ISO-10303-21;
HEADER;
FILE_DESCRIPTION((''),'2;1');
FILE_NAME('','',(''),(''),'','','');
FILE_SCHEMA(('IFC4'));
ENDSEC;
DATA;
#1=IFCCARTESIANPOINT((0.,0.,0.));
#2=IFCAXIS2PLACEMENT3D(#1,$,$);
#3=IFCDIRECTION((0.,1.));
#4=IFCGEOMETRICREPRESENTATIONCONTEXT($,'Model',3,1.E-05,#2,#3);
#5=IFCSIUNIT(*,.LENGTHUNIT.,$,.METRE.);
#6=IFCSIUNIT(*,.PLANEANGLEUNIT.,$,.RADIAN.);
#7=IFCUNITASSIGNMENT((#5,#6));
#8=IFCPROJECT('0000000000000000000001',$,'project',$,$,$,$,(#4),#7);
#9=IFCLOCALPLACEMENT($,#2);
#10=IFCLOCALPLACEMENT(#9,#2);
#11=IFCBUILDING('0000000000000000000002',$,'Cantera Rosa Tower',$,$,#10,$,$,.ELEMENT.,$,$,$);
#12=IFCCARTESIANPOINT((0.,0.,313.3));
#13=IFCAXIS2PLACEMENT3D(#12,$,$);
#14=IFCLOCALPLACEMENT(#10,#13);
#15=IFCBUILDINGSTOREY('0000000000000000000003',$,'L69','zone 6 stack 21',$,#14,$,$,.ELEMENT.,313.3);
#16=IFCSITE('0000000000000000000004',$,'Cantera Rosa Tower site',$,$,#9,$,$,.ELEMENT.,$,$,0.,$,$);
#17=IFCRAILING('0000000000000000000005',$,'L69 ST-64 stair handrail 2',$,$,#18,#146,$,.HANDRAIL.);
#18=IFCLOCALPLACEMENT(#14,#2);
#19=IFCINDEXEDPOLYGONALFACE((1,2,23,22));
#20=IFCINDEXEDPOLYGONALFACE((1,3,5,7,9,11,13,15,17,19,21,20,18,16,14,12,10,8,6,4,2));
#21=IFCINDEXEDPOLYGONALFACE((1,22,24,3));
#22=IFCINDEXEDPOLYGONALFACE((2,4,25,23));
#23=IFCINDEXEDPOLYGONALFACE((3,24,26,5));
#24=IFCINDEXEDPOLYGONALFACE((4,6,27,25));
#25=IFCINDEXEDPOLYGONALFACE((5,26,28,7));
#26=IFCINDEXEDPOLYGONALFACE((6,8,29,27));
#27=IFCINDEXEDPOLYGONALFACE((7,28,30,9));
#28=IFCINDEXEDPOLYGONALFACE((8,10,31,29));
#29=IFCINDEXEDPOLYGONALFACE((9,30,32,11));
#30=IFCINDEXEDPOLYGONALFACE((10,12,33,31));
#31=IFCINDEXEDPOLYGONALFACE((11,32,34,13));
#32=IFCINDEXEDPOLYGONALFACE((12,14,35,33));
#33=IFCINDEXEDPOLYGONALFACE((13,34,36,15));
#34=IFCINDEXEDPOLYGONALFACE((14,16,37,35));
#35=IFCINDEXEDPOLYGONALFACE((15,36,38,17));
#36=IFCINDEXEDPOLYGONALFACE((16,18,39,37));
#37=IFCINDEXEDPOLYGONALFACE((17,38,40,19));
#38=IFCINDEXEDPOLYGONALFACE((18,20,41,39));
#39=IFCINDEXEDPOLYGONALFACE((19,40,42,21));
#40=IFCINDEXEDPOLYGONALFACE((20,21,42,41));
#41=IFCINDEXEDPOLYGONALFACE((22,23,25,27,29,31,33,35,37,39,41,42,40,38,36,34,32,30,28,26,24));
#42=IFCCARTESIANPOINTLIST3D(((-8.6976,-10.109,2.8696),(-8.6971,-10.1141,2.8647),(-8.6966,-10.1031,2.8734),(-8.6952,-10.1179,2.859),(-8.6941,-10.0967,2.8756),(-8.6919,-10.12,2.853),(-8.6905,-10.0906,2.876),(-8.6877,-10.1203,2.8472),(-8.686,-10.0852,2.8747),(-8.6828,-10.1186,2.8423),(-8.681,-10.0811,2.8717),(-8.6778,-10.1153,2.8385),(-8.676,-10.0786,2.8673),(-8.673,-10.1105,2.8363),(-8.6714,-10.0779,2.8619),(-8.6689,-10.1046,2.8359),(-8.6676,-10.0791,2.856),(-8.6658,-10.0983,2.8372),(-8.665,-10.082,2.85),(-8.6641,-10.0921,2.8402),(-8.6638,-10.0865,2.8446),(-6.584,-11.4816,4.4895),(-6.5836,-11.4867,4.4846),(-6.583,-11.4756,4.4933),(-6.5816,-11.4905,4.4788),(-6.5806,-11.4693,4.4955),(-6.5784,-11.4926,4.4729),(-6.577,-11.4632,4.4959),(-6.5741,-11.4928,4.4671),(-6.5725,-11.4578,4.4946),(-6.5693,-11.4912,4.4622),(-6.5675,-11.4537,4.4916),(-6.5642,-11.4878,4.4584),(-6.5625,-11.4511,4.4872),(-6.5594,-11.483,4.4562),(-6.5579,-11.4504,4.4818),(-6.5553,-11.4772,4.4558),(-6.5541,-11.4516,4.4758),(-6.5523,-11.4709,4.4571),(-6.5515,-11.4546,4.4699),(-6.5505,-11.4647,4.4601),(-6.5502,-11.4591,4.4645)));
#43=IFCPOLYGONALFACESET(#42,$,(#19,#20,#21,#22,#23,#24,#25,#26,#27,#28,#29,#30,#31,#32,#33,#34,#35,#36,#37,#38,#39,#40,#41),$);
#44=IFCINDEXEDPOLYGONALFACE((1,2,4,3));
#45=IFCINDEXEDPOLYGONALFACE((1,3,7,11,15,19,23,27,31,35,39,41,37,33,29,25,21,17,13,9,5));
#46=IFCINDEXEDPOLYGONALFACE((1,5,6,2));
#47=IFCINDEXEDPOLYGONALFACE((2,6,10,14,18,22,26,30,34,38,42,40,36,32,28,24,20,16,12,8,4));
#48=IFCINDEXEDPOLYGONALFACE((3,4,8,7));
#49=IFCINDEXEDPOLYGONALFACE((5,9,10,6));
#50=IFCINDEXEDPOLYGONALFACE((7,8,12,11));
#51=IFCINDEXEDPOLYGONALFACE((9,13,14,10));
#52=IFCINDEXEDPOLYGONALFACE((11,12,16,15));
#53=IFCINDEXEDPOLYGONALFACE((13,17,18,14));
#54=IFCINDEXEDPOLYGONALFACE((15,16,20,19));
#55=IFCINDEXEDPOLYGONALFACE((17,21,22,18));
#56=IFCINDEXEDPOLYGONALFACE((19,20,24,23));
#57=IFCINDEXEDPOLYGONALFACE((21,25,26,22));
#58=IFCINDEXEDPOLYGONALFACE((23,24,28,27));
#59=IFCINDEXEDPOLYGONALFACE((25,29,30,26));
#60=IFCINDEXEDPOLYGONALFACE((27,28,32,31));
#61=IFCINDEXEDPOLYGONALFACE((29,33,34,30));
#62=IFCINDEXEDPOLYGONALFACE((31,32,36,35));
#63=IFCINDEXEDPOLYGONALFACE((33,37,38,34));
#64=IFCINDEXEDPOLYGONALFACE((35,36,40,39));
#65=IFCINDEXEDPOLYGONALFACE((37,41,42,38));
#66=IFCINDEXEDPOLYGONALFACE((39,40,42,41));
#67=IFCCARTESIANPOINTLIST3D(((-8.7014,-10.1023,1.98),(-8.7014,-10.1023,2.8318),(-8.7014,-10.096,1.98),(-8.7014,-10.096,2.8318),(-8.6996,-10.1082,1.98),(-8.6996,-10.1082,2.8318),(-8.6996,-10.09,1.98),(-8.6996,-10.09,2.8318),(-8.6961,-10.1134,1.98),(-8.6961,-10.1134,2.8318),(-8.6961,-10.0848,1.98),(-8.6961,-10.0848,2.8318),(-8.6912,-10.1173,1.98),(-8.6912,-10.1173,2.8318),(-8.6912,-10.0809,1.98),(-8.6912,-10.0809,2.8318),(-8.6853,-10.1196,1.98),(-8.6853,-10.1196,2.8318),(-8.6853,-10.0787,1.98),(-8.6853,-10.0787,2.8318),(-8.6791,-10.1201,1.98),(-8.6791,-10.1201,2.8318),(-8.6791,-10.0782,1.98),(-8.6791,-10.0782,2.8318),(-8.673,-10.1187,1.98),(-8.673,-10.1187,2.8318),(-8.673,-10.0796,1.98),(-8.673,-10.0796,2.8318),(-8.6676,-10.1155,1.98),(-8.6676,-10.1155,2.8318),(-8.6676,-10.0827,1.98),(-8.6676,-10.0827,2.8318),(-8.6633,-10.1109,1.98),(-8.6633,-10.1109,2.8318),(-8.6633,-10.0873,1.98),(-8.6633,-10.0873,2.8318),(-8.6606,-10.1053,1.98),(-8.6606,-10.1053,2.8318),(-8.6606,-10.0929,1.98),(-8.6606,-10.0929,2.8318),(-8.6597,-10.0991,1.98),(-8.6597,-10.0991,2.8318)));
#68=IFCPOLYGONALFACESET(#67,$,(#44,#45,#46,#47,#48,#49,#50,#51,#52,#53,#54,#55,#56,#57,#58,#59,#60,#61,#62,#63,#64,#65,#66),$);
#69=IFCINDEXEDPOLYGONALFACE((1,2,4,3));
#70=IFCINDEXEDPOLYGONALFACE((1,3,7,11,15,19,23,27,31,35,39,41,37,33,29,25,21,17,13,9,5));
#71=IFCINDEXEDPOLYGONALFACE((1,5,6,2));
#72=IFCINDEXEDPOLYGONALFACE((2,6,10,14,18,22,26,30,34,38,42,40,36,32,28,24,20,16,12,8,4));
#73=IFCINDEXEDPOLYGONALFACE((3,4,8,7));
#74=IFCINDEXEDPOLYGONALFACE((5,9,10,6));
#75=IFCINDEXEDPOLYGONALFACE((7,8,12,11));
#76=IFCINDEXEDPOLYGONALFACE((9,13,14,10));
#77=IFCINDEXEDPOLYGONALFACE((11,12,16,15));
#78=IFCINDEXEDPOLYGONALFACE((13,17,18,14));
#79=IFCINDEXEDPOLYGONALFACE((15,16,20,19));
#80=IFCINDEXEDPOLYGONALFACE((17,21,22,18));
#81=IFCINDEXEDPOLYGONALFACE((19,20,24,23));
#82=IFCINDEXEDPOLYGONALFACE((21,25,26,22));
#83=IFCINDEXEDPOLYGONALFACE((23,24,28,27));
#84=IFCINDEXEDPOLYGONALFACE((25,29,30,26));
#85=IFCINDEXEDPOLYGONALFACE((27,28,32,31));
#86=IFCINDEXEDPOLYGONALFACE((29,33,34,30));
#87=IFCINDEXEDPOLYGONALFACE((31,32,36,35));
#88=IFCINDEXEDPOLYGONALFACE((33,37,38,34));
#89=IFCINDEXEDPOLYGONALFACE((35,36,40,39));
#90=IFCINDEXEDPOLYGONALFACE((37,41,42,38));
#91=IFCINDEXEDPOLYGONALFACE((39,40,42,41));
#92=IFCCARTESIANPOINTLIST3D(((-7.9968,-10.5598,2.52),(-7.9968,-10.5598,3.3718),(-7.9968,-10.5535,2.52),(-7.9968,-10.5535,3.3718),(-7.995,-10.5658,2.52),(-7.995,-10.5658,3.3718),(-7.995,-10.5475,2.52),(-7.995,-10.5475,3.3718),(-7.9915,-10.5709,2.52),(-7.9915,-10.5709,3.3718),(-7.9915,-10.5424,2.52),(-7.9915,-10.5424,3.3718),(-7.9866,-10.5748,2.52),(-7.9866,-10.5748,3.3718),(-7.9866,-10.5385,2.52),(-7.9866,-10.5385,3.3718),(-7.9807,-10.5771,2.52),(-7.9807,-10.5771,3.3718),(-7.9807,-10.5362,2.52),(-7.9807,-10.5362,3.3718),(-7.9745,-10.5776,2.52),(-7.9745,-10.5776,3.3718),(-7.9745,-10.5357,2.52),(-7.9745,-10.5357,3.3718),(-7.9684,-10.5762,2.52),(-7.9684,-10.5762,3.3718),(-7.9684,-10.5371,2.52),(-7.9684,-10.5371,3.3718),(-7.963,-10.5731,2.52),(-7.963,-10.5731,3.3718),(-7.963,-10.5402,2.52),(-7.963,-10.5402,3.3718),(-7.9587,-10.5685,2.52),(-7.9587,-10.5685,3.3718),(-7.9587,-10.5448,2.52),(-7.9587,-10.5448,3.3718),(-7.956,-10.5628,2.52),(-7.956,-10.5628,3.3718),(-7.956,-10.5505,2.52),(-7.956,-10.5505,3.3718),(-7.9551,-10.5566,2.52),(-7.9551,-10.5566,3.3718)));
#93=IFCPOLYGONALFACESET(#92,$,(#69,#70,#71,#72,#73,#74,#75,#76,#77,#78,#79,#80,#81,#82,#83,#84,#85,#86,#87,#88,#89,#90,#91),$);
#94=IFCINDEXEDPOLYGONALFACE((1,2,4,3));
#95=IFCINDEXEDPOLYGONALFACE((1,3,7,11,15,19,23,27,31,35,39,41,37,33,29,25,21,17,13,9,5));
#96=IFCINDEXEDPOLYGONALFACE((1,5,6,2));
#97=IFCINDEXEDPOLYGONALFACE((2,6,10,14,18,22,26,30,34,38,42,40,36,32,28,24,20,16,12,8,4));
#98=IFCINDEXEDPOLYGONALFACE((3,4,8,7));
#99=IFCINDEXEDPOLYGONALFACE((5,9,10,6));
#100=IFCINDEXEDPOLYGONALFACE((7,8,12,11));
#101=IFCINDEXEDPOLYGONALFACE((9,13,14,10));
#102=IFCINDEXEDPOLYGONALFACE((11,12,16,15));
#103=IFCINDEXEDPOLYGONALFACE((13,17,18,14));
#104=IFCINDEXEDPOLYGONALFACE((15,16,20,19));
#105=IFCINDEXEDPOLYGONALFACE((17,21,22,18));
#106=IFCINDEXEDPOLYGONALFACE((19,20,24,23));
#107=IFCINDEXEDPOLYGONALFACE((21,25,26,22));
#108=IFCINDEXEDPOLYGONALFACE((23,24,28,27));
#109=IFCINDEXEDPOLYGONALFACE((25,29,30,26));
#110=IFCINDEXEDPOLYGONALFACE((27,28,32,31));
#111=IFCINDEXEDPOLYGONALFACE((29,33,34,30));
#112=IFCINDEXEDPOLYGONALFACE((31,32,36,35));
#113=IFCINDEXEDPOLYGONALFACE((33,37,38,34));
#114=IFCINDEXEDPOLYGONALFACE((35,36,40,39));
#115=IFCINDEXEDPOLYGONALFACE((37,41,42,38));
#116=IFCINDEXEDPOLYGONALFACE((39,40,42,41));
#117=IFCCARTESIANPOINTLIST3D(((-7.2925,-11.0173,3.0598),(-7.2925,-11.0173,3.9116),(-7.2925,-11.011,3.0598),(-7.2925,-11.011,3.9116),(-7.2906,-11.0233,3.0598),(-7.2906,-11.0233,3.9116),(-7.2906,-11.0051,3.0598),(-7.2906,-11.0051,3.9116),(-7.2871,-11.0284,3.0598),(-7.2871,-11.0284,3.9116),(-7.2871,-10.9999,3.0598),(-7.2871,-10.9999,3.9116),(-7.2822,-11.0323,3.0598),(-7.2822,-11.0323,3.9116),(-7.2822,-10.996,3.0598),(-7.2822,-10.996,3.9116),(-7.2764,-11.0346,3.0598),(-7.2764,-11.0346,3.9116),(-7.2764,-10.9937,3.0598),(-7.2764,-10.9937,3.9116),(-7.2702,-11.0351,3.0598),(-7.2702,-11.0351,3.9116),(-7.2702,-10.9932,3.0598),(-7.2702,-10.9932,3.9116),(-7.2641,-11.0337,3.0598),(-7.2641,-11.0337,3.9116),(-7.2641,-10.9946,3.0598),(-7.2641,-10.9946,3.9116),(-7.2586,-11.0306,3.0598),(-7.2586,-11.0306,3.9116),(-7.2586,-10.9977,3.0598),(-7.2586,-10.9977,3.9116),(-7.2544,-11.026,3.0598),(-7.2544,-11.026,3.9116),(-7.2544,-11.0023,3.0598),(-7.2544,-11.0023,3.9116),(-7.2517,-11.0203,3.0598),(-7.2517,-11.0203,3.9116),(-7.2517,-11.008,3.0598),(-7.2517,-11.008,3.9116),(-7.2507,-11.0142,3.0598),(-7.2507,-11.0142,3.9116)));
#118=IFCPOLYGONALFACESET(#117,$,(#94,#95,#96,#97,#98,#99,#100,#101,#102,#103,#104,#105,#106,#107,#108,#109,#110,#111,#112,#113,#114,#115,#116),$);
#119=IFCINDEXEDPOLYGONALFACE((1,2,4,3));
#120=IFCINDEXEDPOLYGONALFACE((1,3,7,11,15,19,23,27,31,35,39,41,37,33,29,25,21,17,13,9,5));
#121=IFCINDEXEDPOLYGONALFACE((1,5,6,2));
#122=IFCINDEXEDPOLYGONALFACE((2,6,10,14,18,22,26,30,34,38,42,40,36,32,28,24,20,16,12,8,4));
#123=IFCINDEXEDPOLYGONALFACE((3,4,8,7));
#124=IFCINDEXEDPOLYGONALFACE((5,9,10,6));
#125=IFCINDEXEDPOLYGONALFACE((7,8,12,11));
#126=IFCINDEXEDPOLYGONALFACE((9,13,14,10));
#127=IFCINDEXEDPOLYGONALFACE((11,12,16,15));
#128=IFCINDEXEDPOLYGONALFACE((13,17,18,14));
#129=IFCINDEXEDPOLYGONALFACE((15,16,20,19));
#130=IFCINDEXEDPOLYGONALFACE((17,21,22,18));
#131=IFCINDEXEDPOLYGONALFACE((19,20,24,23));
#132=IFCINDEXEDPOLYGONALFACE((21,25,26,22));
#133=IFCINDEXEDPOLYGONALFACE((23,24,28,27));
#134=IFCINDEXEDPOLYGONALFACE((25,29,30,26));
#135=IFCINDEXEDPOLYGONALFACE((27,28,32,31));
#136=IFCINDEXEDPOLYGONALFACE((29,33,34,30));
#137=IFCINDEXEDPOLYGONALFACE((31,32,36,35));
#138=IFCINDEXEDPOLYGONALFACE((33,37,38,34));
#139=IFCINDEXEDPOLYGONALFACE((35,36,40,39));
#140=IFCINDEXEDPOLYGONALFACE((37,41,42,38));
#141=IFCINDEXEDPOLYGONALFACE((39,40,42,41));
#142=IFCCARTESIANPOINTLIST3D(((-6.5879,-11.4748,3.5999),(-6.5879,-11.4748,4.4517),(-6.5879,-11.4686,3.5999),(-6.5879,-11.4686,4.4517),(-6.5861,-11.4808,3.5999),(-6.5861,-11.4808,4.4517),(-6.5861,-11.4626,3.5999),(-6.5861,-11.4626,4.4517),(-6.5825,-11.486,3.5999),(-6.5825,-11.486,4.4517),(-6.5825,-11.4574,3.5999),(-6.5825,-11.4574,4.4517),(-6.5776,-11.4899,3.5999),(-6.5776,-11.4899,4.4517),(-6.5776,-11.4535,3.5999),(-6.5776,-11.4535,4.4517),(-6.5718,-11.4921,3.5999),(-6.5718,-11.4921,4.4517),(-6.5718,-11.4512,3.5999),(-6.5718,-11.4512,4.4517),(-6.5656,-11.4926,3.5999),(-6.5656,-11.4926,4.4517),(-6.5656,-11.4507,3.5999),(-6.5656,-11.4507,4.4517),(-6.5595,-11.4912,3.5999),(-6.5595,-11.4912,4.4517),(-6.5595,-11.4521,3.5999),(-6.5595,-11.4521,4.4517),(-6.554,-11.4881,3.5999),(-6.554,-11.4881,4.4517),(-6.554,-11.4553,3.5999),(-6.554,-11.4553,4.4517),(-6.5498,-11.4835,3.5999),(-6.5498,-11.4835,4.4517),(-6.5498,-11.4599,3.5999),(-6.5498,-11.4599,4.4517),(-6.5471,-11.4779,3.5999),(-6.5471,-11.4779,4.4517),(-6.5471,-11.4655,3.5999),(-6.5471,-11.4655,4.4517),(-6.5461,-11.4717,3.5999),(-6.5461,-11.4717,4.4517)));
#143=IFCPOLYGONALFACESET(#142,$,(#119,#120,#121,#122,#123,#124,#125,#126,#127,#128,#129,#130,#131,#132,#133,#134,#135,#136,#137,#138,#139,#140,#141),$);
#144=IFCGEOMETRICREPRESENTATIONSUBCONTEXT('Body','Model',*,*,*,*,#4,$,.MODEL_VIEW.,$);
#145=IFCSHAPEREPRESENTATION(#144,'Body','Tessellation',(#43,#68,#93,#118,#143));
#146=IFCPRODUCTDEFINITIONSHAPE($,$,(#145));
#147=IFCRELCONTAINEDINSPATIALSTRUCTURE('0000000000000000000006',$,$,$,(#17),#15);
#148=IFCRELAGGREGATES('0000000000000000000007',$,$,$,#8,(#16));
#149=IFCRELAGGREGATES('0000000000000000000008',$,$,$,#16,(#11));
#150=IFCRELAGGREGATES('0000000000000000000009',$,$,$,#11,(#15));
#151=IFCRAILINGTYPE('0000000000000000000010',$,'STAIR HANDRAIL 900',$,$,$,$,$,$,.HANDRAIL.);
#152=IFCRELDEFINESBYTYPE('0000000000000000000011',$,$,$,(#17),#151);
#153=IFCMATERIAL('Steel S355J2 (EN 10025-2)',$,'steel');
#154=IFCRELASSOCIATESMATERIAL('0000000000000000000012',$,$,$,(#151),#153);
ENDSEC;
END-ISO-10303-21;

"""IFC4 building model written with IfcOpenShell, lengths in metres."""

from ifc_helpers import new_model, si_unit, direction, frame, origin, origin_2d, place, context, subcontext, project, spatial, circle, extrude, material, type_object, element, save


model = new_model("IFC4")

# Units and contexts
model_context = context("Model", 3, precision=1e-05, world=origin(), true_north=direction((0.0, 1.0)))
body_context = subcontext(model_context, "Body", "Model", "MODEL_VIEW")
ifc_project = project(units=[si_unit("LENGTHUNIT", "METRE"), si_unit("PLANEANGLEUNIT", "RADIAN")], contexts=[model_context])

# Site, building, storey
site_placement = place(None, origin())
site = spatial("IfcSite", under=ifc_project, at=site_placement, Name="Cantera Rosa Tower site", CompositionType="ELEMENT", RefElevation=0.0)
building_placement = place(site_placement, origin())
building = spatial("IfcBuilding", under=site, at=building_placement, Name="Cantera Rosa Tower", CompositionType="ELEMENT")
storey_placement = place(building_placement, frame((0.0, 0.0, 313.3)))
storey = spatial("IfcBuildingStorey", under=building, at=storey_placement, Name="L69", Description="zone 6 stack 21", CompositionType="ELEMENT", Elevation=313.3)

# Railing
ifc_material_1 = material(Name="Steel S355J2 (EN 10025-2)", Category="steel")
railing_type_1 = type_object("IfcRailingType", Name="STAIR HANDRAIL 900", PredefinedType="HANDRAIL", material=ifc_material_1)
railing_1_placement = place(storey_placement, frame((-8.6807, -10.0991, 1.98)))
element("IfcRailing", 1, at=railing_1_placement, inside=storey, type_object=railing_type_1, Name="L69 ST-64 stair handrail 2", PredefinedType="HANDRAIL", context=body_context, shape_type="SweptSolid", body=[
    extrude(circle(Radius=0.0239, at=origin_2d()), frame((0.0, 0.0, 0.876), z_axis=(0.705493, -0.458159, 0.540712), x_axis=(0.544644, 0.838667, 0.0)), (0.0, 0.0, 1.0), 2.9958),
    extrude(circle(Radius=0.021, at=origin_2d()), origin(), (0.0, 0.0, 1.0), 0.8518),
    extrude(circle(Radius=0.021, at=origin_2d()), frame((0.7046, -0.4575, 0.54)), (0.0, 0.0, 1.0), 0.8518),
    extrude(circle(Radius=0.021, at=origin_2d()), frame((1.4089, -0.915, 1.0798)), (0.0, 0.0, 1.0), 0.8518),
    extrude(circle(Radius=0.021, at=origin_2d()), frame((2.1135, -1.3726, 1.6199)), (0.0, 0.0, 1.0), 0.8518),
])

save(model, "model.ifc")
